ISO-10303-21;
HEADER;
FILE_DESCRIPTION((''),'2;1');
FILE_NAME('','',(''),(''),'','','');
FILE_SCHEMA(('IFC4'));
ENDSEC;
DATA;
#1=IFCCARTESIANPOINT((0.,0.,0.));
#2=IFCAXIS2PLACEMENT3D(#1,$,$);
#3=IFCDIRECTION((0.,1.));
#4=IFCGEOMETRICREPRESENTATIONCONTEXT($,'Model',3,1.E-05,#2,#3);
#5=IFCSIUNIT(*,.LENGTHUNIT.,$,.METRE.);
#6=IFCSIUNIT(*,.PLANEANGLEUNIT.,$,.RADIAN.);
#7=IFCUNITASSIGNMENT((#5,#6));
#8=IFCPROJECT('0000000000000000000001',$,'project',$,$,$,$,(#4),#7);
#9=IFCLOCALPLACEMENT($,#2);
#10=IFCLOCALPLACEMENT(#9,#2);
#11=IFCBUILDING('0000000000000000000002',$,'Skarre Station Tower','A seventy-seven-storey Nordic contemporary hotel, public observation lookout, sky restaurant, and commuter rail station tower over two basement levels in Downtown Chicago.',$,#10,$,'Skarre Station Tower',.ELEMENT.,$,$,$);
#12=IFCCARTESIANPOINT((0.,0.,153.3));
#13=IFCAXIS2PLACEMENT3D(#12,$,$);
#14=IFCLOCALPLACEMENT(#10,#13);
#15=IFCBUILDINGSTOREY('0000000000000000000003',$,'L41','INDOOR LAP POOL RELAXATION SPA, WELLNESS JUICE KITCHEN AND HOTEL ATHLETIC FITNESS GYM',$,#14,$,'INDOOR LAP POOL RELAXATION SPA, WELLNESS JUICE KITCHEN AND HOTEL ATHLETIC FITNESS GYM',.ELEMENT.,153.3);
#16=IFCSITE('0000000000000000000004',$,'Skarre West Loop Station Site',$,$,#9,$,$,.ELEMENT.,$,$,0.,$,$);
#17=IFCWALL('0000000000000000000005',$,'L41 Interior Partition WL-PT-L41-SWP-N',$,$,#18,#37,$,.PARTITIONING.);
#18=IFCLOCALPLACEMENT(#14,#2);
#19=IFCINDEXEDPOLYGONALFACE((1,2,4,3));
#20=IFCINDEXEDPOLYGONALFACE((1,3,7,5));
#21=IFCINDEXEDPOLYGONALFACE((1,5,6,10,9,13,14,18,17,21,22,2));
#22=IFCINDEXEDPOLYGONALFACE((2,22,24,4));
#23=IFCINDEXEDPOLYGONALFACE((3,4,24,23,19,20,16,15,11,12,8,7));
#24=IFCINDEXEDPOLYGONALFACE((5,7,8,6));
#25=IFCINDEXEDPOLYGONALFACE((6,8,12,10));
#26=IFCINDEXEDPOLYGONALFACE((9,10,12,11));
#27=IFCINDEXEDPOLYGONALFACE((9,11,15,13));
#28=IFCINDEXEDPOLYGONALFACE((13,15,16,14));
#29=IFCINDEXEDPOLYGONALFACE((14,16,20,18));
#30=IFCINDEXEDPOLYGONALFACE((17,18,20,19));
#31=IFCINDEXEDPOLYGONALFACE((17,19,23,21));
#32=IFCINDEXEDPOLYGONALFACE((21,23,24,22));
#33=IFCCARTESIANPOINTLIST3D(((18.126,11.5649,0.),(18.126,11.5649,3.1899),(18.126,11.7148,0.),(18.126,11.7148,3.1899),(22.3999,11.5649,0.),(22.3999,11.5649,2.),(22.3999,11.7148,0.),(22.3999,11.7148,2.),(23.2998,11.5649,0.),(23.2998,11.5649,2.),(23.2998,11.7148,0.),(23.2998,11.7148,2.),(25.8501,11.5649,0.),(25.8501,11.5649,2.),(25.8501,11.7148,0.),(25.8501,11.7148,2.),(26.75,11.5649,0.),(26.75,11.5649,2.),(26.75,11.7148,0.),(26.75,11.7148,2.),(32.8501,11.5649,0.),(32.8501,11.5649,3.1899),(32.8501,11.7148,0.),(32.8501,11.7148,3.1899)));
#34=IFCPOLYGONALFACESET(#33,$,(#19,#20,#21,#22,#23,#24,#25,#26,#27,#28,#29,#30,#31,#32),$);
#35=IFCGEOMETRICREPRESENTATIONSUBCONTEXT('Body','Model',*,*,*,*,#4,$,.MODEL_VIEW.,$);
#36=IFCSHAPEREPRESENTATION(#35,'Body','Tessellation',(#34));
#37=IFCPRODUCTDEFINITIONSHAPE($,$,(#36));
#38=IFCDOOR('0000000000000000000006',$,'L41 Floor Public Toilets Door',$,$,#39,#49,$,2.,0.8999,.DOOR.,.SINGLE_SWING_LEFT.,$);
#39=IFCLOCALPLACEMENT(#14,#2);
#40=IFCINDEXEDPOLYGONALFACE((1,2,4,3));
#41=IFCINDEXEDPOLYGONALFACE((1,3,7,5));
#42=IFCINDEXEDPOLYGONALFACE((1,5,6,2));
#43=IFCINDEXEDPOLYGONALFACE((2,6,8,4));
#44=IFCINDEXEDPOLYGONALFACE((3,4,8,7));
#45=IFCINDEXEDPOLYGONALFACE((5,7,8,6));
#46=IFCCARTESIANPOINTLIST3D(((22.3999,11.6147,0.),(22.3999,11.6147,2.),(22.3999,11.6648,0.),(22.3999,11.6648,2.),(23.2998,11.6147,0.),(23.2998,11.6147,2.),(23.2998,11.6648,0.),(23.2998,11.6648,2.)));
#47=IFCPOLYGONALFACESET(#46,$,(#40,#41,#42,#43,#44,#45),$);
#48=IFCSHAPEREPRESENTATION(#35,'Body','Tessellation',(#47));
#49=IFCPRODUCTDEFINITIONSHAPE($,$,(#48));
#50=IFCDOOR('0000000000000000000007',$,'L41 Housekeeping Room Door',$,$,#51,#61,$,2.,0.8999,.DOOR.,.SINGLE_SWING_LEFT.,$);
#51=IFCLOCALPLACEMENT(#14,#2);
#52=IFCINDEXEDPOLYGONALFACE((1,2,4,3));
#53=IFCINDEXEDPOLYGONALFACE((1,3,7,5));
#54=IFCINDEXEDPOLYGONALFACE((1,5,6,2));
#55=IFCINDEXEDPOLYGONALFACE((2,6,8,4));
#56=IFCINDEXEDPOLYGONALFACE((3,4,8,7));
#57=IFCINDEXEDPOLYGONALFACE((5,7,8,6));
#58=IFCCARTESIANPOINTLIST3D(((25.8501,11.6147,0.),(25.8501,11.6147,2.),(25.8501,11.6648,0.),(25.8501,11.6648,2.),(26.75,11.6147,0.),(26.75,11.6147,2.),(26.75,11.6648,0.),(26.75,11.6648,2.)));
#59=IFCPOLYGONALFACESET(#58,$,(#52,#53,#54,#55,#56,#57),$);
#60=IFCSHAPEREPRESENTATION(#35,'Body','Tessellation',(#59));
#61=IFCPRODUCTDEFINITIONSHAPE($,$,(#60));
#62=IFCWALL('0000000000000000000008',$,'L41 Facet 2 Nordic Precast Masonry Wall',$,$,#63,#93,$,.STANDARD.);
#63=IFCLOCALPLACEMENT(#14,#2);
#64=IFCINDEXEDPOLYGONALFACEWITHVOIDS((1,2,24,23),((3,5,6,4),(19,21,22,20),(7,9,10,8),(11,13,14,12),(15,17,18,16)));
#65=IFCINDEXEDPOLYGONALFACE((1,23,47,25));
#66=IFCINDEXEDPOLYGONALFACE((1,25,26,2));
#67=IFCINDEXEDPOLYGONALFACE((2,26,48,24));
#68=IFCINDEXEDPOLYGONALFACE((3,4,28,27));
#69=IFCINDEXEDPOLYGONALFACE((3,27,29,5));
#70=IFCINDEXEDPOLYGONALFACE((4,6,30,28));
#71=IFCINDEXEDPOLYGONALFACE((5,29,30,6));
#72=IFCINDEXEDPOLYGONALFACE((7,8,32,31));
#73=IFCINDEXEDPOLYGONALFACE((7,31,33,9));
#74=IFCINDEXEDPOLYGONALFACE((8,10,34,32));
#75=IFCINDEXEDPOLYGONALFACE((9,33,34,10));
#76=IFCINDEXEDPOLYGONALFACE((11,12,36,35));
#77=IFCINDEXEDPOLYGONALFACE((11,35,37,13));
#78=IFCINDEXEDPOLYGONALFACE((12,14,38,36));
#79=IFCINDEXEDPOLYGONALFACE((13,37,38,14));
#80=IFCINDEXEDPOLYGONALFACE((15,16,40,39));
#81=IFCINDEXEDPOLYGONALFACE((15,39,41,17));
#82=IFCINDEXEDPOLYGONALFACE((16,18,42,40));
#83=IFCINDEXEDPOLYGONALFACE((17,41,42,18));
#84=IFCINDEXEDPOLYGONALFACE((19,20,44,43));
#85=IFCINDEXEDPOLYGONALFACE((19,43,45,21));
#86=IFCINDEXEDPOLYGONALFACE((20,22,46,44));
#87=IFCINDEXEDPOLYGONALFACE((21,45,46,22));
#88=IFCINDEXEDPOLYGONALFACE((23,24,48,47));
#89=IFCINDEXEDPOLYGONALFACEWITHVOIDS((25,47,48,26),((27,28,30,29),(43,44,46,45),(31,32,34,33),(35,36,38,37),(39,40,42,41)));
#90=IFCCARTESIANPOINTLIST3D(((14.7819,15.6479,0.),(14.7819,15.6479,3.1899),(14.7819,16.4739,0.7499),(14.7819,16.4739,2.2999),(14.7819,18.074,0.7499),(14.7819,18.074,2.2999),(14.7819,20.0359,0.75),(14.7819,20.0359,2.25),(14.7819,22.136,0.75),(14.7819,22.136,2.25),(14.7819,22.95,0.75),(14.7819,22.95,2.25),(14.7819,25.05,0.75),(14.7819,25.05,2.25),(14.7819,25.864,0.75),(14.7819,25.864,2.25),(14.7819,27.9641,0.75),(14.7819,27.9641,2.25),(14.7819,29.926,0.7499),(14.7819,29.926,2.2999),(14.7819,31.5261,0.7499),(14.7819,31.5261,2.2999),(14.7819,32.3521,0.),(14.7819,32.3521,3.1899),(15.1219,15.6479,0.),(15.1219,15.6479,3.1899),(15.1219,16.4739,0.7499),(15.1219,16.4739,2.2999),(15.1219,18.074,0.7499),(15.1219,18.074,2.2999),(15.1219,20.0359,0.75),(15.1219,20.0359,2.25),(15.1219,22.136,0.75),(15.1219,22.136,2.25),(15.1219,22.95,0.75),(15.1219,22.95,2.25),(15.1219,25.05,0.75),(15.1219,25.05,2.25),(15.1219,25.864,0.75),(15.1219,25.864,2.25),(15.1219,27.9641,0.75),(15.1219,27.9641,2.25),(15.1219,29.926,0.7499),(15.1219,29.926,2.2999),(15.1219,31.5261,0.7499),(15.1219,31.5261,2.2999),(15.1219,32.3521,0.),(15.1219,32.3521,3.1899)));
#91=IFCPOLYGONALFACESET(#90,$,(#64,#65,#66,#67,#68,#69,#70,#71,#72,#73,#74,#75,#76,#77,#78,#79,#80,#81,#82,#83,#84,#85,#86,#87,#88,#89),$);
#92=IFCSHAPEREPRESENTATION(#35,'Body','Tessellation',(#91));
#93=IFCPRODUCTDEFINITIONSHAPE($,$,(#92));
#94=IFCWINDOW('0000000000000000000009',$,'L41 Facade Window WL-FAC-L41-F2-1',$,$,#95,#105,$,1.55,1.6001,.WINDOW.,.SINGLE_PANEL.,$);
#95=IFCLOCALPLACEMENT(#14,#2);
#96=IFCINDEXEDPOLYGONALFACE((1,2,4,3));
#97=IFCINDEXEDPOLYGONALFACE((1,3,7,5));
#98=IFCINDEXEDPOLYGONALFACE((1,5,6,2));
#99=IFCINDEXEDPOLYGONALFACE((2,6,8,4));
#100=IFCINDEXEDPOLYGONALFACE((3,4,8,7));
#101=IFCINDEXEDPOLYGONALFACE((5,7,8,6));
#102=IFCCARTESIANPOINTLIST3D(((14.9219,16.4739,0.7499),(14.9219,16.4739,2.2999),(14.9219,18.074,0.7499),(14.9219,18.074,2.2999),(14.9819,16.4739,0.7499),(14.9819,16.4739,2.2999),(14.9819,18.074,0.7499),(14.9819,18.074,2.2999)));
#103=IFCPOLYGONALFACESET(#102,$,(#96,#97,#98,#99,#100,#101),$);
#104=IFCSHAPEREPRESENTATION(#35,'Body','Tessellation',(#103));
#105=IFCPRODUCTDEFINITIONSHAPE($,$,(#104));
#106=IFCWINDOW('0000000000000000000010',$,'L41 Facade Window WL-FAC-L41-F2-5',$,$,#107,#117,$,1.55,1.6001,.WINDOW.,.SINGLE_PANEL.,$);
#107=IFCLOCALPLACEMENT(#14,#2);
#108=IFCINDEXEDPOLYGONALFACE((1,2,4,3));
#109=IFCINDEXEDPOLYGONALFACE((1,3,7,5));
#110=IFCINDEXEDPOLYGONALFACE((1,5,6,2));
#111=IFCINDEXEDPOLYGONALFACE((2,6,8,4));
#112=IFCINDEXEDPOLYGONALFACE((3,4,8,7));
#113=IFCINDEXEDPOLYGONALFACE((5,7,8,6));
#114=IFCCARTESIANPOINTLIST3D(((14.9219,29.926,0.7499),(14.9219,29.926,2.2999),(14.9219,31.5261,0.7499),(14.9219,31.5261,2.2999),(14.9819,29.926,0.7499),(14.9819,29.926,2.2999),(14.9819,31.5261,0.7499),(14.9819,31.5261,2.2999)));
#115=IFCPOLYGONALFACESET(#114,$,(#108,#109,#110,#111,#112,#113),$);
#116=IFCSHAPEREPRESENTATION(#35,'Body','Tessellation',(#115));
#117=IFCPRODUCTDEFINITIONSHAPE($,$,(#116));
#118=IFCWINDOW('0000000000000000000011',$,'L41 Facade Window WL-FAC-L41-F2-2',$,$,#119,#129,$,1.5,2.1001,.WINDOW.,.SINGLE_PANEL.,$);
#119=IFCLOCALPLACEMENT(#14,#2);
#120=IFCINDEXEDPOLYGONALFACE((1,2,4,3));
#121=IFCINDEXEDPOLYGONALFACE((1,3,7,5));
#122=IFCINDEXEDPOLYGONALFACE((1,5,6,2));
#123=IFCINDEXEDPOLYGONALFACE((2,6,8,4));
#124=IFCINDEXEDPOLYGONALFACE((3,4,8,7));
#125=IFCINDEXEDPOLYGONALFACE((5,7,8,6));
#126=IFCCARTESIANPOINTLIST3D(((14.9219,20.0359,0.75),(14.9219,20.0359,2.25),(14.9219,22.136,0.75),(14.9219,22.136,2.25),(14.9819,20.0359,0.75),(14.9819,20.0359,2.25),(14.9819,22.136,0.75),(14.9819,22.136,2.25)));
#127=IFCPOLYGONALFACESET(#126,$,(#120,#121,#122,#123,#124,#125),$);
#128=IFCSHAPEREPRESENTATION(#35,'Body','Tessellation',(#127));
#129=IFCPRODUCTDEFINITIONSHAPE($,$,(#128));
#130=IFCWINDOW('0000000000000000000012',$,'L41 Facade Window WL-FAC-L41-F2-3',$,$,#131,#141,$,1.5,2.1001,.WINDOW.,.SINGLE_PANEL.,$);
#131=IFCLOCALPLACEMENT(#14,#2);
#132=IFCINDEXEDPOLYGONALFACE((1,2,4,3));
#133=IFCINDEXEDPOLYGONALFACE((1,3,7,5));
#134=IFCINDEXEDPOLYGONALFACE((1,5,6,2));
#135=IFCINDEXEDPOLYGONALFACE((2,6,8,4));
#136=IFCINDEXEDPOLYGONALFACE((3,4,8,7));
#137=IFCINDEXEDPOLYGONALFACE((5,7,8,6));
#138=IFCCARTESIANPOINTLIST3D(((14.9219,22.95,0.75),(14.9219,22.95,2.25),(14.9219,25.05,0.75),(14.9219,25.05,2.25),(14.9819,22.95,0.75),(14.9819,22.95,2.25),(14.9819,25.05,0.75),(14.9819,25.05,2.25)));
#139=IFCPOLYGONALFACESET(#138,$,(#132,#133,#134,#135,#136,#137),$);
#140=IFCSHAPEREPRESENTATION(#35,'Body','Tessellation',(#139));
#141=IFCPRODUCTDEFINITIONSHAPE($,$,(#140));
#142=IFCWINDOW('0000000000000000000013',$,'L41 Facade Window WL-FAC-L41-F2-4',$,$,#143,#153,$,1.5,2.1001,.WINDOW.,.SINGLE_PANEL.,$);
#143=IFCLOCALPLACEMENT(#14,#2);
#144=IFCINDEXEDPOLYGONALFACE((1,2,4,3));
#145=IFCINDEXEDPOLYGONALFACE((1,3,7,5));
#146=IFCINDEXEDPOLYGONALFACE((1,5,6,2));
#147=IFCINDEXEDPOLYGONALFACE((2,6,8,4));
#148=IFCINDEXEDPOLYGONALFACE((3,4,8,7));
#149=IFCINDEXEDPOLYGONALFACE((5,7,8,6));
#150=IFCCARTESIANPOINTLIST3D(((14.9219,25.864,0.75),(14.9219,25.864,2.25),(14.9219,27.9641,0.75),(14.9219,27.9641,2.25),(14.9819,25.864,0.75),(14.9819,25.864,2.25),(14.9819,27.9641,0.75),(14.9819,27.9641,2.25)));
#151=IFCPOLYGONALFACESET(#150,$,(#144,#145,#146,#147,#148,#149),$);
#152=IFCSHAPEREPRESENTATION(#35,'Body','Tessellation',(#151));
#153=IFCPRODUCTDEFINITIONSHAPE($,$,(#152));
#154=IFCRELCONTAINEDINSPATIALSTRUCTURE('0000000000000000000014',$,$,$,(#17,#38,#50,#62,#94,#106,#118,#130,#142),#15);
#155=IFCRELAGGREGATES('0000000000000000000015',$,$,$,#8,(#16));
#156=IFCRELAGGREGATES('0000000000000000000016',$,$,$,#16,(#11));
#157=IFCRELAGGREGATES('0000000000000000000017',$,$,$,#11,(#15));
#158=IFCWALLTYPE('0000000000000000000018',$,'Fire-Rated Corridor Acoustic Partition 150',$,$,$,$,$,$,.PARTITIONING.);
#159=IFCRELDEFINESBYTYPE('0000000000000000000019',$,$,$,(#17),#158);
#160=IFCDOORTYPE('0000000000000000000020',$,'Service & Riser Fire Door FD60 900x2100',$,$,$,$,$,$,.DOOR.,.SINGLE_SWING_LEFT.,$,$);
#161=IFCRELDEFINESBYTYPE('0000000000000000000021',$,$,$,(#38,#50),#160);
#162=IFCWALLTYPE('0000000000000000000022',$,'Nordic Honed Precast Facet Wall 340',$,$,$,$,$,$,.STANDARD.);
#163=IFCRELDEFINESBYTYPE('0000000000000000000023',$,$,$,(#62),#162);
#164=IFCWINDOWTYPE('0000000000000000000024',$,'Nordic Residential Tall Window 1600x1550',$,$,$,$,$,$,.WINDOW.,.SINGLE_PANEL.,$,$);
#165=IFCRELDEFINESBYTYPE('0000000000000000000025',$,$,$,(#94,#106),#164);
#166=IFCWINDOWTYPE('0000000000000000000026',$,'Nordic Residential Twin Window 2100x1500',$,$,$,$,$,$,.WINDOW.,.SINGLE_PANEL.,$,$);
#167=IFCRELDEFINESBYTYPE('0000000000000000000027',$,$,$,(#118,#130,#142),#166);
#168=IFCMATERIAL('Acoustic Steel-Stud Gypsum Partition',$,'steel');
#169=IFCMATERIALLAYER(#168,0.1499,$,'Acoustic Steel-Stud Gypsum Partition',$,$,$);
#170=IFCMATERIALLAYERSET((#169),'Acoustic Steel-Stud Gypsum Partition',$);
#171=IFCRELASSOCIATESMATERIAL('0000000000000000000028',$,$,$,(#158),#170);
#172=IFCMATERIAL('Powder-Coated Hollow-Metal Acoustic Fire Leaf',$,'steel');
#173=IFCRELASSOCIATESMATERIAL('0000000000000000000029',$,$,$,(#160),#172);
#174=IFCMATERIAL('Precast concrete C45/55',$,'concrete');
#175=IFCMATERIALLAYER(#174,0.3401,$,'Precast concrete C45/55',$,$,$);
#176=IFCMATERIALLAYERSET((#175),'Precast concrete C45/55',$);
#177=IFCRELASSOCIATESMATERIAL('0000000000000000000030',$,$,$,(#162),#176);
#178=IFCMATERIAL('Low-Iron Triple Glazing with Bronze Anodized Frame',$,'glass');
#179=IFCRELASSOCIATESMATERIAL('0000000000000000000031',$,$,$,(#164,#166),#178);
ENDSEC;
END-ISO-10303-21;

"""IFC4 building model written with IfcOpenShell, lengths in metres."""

from ifc_helpers import new_model, si_unit, direction, frame, frame_2d, origin, place, context, subcontext, project, spatial, rectangle, extrude, material, layer, layer_set, type_object, element, fill, save


model = new_model("IFC4")

# Units and contexts
model_context = context("Model", 3, precision=1e-05, world=origin(), true_north=direction((0.0, 1.0)))
body_context = subcontext(model_context, "Body", "Model", "MODEL_VIEW")
ifc_project = project(units=[si_unit("LENGTHUNIT", "METRE"), si_unit("PLANEANGLEUNIT", "RADIAN")], contexts=[model_context])

# Site, building, storey
site_placement = place(None, origin())
site = spatial("IfcSite", under=ifc_project, at=site_placement, Name="Skarre West Loop Station Site", CompositionType="ELEMENT", RefElevation=0.0)
building_placement = place(site_placement, origin())
building = spatial("IfcBuilding", under=site, at=building_placement, Name="Skarre Station Tower", Description="A seventy-seven-storey Nordic contemporary hotel, public observation lookout, sky restaurant, and commuter rail station tower over two basement levels in Downtown Chicago.", LongName="Skarre Station Tower", CompositionType="ELEMENT")
storey_placement = place(building_placement, frame((0.0, 0.0, 153.3)))
storey = spatial("IfcBuildingStorey", under=building, at=storey_placement, Name="L41", Description="INDOOR LAP POOL RELAXATION SPA, WELLNESS JUICE KITCHEN AND HOTEL ATHLETIC FITNESS GYM", LongName="INDOOR LAP POOL RELAXATION SPA, WELLNESS JUICE KITCHEN AND HOTEL ATHLETIC FITNESS GYM", CompositionType="ELEMENT", Elevation=153.3)

# Shared definitions
ifc_material_1 = material(Name="Acoustic Steel-Stud Gypsum Partition", Category="steel")
ifc_layer_1 = layer(ifc_material_1, 0.1499, Name="Acoustic Steel-Stud Gypsum Partition")
ifc_layer_set_1 = layer_set([ifc_layer_1], Name="Acoustic Steel-Stud Gypsum Partition")
wall_type_1 = type_object("IfcWallType", Name="Fire-Rated Corridor Acoustic Partition 150", PredefinedType="PARTITIONING", material=ifc_layer_set_1)

# Wall, openings, doors
wall_1_placement = place(storey_placement, frame((18.126, 11.6399, 0.0), z_axis=(0.0, 0.0, 1.0), x_axis=(1.0, 0.0, 0.0)))
wall_1 = element("IfcWall", 1, at=wall_1_placement, inside=storey, type_object=wall_type_1, Name="L41 Interior Partition WL-PT-L41-SWP-N", PredefinedType="PARTITIONING", context=body_context, shape_type="SweptSolid", body=[
    extrude(rectangle(XDim=14.7241, YDim=0.1499, at=frame_2d((7.3621, 0.0))), origin(), (0.0, 0.0, 1.0), 3.1899),
])
opening_1_placement = place(wall_1_placement, frame((4.2739, 0.0, 0.0)))
opening_1 = element("IfcOpeningElement", 2, at=opening_1_placement, cuts=wall_1, PredefinedType="OPENING", context=body_context, shape_type="SweptSolid", body=[
    extrude(rectangle(XDim=0.8999, YDim=2.0, at=frame_2d((0.45, 1.0))), frame((0.0, 0.085, 0.0), z_axis=(0.0, -1.0, 0.0), x_axis=(1.0, 0.0, 0.0)), (0.0, 0.0, 1.0), 0.1699),
])
opening_2_placement = place(wall_1_placement, frame((7.7241, 0.0, 0.0)))
opening_2 = element("IfcOpeningElement", 3, at=opening_2_placement, cuts=wall_1, PredefinedType="OPENING", context=body_context, shape_type="SweptSolid", body=[
    extrude(rectangle(XDim=0.8999, YDim=2.0, at=frame_2d((0.45, 1.0))), frame((0.0, 0.085, 0.0), z_axis=(0.0, -1.0, 0.0), x_axis=(1.0, 0.0, 0.0)), (0.0, 0.0, 1.0), 0.1699),
])
ifc_material_2 = material(Name="Powder-Coated Hollow-Metal Acoustic Fire Leaf", Category="steel")
door_type = type_object("IfcDoorType", Name="Service & Riser Fire Door FD60 900x2100", OperationType="SINGLE_SWING_LEFT", PredefinedType="DOOR", material=ifc_material_2)
door_1_placement = place(opening_1_placement, origin())
door_1 = element("IfcDoor", 4, at=door_1_placement, inside=storey, type_object=door_type, Name="L41 Floor Public Toilets Door", OperationType="SINGLE_SWING_LEFT", OverallHeight=2.0, OverallWidth=0.8999, PredefinedType="DOOR", context=body_context, shape_type="SweptSolid", body=[
    extrude(rectangle(XDim=0.8999, YDim=2.0, at=frame_2d((0.45, 1.0))), frame((0.0, 0.0249, 0.0), z_axis=(0.0, -1.0, 0.0), x_axis=(1.0, 0.0, 0.0)), (0.0, 0.0, 1.0), 0.05),
])
fill(opening_1, door_1)
door_2_placement = place(opening_2_placement, origin())
door_2 = element("IfcDoor", 5, at=door_2_placement, inside=storey, type_object=door_type, Name="L41 Housekeeping Room Door", OperationType="SINGLE_SWING_LEFT", OverallHeight=2.0, OverallWidth=0.8999, PredefinedType="DOOR", context=body_context, shape_type="SweptSolid", body=[
    extrude(rectangle(XDim=0.8999, YDim=2.0, at=frame_2d((0.45, 1.0))), frame((0.0, 0.0249, 0.0), z_axis=(0.0, -1.0, 0.0), x_axis=(1.0, 0.0, 0.0)), (0.0, 0.0, 1.0), 0.05),
])
fill(opening_2, door_2)

# Wall, openings, windows
ifc_material_3 = material(Name="Precast concrete C45/55", Category="concrete")
ifc_layer_2 = layer(ifc_material_3, 0.3401, Name="Precast concrete C45/55")
ifc_layer_set_2 = layer_set([ifc_layer_2], Name="Precast concrete C45/55")
wall_type_2 = type_object("IfcWallType", Name="Nordic Honed Precast Facet Wall 340", PredefinedType="STANDARD", material=ifc_layer_set_2)
wall_2_placement = place(storey_placement, frame((14.9519, 15.6479, 0.0), z_axis=(0.0, 0.0, 1.0), x_axis=(0.0, 1.0, 0.0)))
wall_2 = element("IfcWall", 6, at=wall_2_placement, inside=storey, type_object=wall_type_2, Name="L41 Facet 2 Nordic Precast Masonry Wall", PredefinedType="STANDARD", context=body_context, shape_type="SweptSolid", body=[
    extrude(rectangle(XDim=16.7041, YDim=0.3401, at=frame_2d((8.3521, 0.0))), origin(), (0.0, 0.0, 1.0), 3.1899),
])
opening_3_placement = place(wall_2_placement, frame((0.8259, 0.0, 0.75)))
opening_3 = element("IfcOpeningElement", 7, at=opening_3_placement, cuts=wall_2, PredefinedType="OPENING", context=body_context, shape_type="SweptSolid", body=[
    extrude(rectangle(XDim=1.6001, YDim=1.55, at=frame_2d((0.8, 0.7749))), frame((0.0, 0.1799, 0.0), z_axis=(0.0, -1.0, 0.0), x_axis=(1.0, 0.0, 0.0)), (0.0, 0.0, 1.0), 0.3601),
])
opening_4_placement = place(wall_2_placement, frame((4.3879, 0.0, 0.75)))
opening_4 = element("IfcOpeningElement", 8, at=opening_4_placement, cuts=wall_2, PredefinedType="OPENING", context=body_context, shape_type="SweptSolid", body=[
    extrude(rectangle(XDim=2.1001, YDim=1.5, at=frame_2d((1.05, 0.75))), frame((0.0, 0.1799, 0.0), z_axis=(0.0, -1.0, 0.0), x_axis=(1.0, 0.0, 0.0)), (0.0, 0.0, 1.0), 0.3601),
])
opening_5_placement = place(wall_2_placement, frame((7.302, 0.0, 0.75)))
opening_5 = element("IfcOpeningElement", 9, at=opening_5_placement, cuts=wall_2, PredefinedType="OPENING", context=body_context, shape_type="SweptSolid", body=[
    extrude(rectangle(XDim=2.1001, YDim=1.5, at=frame_2d((1.05, 0.75))), frame((0.0, 0.1799, 0.0), z_axis=(0.0, -1.0, 0.0), x_axis=(1.0, 0.0, 0.0)), (0.0, 0.0, 1.0), 0.3601),
])
opening_6_placement = place(wall_2_placement, frame((10.2161, 0.0, 0.75)))
opening_6 = element("IfcOpeningElement", 10, at=opening_6_placement, cuts=wall_2, PredefinedType="OPENING", context=body_context, shape_type="SweptSolid", body=[
    extrude(rectangle(XDim=2.1001, YDim=1.5, at=frame_2d((1.05, 0.75))), frame((0.0, 0.1799, 0.0), z_axis=(0.0, -1.0, 0.0), x_axis=(1.0, 0.0, 0.0)), (0.0, 0.0, 1.0), 0.3601),
])
opening_7_placement = place(wall_2_placement, frame((14.2781, 0.0, 0.75)))
opening_7 = element("IfcOpeningElement", 11, at=opening_7_placement, cuts=wall_2, PredefinedType="OPENING", context=body_context, shape_type="SweptSolid", body=[
    extrude(rectangle(XDim=1.6001, YDim=1.55, at=frame_2d((0.8, 0.7749))), frame((0.0, 0.1799, 0.0), z_axis=(0.0, -1.0, 0.0), x_axis=(1.0, 0.0, 0.0)), (0.0, 0.0, 1.0), 0.3601),
])
ifc_material_4 = material(Name="Low-Iron Triple Glazing with Bronze Anodized Frame", Category="glass")
window_type_1 = type_object("IfcWindowType", Name="Nordic Residential Tall Window 1600x1550", PartitioningType="SINGLE_PANEL", PredefinedType="WINDOW", material=ifc_material_4)
window_1_placement = place(opening_3_placement, origin())
window_1 = element("IfcWindow", 12, at=window_1_placement, inside=storey, type_object=window_type_1, Name="L41 Facade Window WL-FAC-L41-F2-1", OverallHeight=1.55, OverallWidth=1.6001, PartitioningType="SINGLE_PANEL", PredefinedType="WINDOW", context=body_context, shape_type="SweptSolid", body=[
    extrude(rectangle(XDim=1.6001, YDim=1.55, at=frame_2d((0.8, 0.7749))), frame((0.0, 0.03, 0.0), z_axis=(0.0, -1.0, 0.0), x_axis=(1.0, 0.0, 0.0)), (0.0, 0.0, 1.0), 0.0601),
])
fill(opening_3, window_1)
window_2_placement = place(opening_7_placement, origin())
window_2 = element("IfcWindow", 13, at=window_2_placement, inside=storey, type_object=window_type_1, Name="L41 Facade Window WL-FAC-L41-F2-5", OverallHeight=1.55, OverallWidth=1.6001, PartitioningType="SINGLE_PANEL", PredefinedType="WINDOW", context=body_context, shape_type="SweptSolid", body=[
    extrude(rectangle(XDim=1.6001, YDim=1.55, at=frame_2d((0.8, 0.7749))), frame((0.0, 0.03, 0.0), z_axis=(0.0, -1.0, 0.0), x_axis=(1.0, 0.0, 0.0)), (0.0, 0.0, 1.0), 0.0601),
])
fill(opening_7, window_2)
window_type_2 = type_object("IfcWindowType", Name="Nordic Residential Twin Window 2100x1500", PartitioningType="SINGLE_PANEL", PredefinedType="WINDOW", material=ifc_material_4)
window_3_placement = place(opening_4_placement, origin())
window_3 = element("IfcWindow", 14, at=window_3_placement, inside=storey, type_object=window_type_2, Name="L41 Facade Window WL-FAC-L41-F2-2", OverallHeight=1.5, OverallWidth=2.1001, PartitioningType="SINGLE_PANEL", PredefinedType="WINDOW", context=body_context, shape_type="SweptSolid", body=[
    extrude(rectangle(XDim=2.1001, YDim=1.5, at=frame_2d((1.05, 0.75))), frame((0.0, 0.03, 0.0), z_axis=(0.0, -1.0, 0.0), x_axis=(1.0, 0.0, 0.0)), (0.0, 0.0, 1.0), 0.0601),
])
fill(opening_4, window_3)
window_4_placement = place(opening_5_placement, origin())
window_4 = element("IfcWindow", 15, at=window_4_placement, inside=storey, type_object=window_type_2, Name="L41 Facade Window WL-FAC-L41-F2-3", OverallHeight=1.5, OverallWidth=2.1001, PartitioningType="SINGLE_PANEL", PredefinedType="WINDOW", context=body_context, shape_type="SweptSolid", body=[
    extrude(rectangle(XDim=2.1001, YDim=1.5, at=frame_2d((1.05, 0.75))), frame((0.0, 0.03, 0.0), z_axis=(0.0, -1.0, 0.0), x_axis=(1.0, 0.0, 0.0)), (0.0, 0.0, 1.0), 0.0601),
])
fill(opening_5, window_4)
window_5_placement = place(opening_6_placement, origin())
window_5 = element("IfcWindow", 16, at=window_5_placement, inside=storey, type_object=window_type_2, Name="L41 Facade Window WL-FAC-L41-F2-4", OverallHeight=1.5, OverallWidth=2.1001, PartitioningType="SINGLE_PANEL", PredefinedType="WINDOW", context=body_context, shape_type="SweptSolid", body=[
    extrude(rectangle(XDim=2.1001, YDim=1.5, at=frame_2d((1.05, 0.75))), frame((0.0, 0.03, 0.0), z_axis=(0.0, -1.0, 0.0), x_axis=(1.0, 0.0, 0.0)), (0.0, 0.0, 1.0), 0.0601),
])
fill(opening_6, window_5)

save(model, "model.ifc")
